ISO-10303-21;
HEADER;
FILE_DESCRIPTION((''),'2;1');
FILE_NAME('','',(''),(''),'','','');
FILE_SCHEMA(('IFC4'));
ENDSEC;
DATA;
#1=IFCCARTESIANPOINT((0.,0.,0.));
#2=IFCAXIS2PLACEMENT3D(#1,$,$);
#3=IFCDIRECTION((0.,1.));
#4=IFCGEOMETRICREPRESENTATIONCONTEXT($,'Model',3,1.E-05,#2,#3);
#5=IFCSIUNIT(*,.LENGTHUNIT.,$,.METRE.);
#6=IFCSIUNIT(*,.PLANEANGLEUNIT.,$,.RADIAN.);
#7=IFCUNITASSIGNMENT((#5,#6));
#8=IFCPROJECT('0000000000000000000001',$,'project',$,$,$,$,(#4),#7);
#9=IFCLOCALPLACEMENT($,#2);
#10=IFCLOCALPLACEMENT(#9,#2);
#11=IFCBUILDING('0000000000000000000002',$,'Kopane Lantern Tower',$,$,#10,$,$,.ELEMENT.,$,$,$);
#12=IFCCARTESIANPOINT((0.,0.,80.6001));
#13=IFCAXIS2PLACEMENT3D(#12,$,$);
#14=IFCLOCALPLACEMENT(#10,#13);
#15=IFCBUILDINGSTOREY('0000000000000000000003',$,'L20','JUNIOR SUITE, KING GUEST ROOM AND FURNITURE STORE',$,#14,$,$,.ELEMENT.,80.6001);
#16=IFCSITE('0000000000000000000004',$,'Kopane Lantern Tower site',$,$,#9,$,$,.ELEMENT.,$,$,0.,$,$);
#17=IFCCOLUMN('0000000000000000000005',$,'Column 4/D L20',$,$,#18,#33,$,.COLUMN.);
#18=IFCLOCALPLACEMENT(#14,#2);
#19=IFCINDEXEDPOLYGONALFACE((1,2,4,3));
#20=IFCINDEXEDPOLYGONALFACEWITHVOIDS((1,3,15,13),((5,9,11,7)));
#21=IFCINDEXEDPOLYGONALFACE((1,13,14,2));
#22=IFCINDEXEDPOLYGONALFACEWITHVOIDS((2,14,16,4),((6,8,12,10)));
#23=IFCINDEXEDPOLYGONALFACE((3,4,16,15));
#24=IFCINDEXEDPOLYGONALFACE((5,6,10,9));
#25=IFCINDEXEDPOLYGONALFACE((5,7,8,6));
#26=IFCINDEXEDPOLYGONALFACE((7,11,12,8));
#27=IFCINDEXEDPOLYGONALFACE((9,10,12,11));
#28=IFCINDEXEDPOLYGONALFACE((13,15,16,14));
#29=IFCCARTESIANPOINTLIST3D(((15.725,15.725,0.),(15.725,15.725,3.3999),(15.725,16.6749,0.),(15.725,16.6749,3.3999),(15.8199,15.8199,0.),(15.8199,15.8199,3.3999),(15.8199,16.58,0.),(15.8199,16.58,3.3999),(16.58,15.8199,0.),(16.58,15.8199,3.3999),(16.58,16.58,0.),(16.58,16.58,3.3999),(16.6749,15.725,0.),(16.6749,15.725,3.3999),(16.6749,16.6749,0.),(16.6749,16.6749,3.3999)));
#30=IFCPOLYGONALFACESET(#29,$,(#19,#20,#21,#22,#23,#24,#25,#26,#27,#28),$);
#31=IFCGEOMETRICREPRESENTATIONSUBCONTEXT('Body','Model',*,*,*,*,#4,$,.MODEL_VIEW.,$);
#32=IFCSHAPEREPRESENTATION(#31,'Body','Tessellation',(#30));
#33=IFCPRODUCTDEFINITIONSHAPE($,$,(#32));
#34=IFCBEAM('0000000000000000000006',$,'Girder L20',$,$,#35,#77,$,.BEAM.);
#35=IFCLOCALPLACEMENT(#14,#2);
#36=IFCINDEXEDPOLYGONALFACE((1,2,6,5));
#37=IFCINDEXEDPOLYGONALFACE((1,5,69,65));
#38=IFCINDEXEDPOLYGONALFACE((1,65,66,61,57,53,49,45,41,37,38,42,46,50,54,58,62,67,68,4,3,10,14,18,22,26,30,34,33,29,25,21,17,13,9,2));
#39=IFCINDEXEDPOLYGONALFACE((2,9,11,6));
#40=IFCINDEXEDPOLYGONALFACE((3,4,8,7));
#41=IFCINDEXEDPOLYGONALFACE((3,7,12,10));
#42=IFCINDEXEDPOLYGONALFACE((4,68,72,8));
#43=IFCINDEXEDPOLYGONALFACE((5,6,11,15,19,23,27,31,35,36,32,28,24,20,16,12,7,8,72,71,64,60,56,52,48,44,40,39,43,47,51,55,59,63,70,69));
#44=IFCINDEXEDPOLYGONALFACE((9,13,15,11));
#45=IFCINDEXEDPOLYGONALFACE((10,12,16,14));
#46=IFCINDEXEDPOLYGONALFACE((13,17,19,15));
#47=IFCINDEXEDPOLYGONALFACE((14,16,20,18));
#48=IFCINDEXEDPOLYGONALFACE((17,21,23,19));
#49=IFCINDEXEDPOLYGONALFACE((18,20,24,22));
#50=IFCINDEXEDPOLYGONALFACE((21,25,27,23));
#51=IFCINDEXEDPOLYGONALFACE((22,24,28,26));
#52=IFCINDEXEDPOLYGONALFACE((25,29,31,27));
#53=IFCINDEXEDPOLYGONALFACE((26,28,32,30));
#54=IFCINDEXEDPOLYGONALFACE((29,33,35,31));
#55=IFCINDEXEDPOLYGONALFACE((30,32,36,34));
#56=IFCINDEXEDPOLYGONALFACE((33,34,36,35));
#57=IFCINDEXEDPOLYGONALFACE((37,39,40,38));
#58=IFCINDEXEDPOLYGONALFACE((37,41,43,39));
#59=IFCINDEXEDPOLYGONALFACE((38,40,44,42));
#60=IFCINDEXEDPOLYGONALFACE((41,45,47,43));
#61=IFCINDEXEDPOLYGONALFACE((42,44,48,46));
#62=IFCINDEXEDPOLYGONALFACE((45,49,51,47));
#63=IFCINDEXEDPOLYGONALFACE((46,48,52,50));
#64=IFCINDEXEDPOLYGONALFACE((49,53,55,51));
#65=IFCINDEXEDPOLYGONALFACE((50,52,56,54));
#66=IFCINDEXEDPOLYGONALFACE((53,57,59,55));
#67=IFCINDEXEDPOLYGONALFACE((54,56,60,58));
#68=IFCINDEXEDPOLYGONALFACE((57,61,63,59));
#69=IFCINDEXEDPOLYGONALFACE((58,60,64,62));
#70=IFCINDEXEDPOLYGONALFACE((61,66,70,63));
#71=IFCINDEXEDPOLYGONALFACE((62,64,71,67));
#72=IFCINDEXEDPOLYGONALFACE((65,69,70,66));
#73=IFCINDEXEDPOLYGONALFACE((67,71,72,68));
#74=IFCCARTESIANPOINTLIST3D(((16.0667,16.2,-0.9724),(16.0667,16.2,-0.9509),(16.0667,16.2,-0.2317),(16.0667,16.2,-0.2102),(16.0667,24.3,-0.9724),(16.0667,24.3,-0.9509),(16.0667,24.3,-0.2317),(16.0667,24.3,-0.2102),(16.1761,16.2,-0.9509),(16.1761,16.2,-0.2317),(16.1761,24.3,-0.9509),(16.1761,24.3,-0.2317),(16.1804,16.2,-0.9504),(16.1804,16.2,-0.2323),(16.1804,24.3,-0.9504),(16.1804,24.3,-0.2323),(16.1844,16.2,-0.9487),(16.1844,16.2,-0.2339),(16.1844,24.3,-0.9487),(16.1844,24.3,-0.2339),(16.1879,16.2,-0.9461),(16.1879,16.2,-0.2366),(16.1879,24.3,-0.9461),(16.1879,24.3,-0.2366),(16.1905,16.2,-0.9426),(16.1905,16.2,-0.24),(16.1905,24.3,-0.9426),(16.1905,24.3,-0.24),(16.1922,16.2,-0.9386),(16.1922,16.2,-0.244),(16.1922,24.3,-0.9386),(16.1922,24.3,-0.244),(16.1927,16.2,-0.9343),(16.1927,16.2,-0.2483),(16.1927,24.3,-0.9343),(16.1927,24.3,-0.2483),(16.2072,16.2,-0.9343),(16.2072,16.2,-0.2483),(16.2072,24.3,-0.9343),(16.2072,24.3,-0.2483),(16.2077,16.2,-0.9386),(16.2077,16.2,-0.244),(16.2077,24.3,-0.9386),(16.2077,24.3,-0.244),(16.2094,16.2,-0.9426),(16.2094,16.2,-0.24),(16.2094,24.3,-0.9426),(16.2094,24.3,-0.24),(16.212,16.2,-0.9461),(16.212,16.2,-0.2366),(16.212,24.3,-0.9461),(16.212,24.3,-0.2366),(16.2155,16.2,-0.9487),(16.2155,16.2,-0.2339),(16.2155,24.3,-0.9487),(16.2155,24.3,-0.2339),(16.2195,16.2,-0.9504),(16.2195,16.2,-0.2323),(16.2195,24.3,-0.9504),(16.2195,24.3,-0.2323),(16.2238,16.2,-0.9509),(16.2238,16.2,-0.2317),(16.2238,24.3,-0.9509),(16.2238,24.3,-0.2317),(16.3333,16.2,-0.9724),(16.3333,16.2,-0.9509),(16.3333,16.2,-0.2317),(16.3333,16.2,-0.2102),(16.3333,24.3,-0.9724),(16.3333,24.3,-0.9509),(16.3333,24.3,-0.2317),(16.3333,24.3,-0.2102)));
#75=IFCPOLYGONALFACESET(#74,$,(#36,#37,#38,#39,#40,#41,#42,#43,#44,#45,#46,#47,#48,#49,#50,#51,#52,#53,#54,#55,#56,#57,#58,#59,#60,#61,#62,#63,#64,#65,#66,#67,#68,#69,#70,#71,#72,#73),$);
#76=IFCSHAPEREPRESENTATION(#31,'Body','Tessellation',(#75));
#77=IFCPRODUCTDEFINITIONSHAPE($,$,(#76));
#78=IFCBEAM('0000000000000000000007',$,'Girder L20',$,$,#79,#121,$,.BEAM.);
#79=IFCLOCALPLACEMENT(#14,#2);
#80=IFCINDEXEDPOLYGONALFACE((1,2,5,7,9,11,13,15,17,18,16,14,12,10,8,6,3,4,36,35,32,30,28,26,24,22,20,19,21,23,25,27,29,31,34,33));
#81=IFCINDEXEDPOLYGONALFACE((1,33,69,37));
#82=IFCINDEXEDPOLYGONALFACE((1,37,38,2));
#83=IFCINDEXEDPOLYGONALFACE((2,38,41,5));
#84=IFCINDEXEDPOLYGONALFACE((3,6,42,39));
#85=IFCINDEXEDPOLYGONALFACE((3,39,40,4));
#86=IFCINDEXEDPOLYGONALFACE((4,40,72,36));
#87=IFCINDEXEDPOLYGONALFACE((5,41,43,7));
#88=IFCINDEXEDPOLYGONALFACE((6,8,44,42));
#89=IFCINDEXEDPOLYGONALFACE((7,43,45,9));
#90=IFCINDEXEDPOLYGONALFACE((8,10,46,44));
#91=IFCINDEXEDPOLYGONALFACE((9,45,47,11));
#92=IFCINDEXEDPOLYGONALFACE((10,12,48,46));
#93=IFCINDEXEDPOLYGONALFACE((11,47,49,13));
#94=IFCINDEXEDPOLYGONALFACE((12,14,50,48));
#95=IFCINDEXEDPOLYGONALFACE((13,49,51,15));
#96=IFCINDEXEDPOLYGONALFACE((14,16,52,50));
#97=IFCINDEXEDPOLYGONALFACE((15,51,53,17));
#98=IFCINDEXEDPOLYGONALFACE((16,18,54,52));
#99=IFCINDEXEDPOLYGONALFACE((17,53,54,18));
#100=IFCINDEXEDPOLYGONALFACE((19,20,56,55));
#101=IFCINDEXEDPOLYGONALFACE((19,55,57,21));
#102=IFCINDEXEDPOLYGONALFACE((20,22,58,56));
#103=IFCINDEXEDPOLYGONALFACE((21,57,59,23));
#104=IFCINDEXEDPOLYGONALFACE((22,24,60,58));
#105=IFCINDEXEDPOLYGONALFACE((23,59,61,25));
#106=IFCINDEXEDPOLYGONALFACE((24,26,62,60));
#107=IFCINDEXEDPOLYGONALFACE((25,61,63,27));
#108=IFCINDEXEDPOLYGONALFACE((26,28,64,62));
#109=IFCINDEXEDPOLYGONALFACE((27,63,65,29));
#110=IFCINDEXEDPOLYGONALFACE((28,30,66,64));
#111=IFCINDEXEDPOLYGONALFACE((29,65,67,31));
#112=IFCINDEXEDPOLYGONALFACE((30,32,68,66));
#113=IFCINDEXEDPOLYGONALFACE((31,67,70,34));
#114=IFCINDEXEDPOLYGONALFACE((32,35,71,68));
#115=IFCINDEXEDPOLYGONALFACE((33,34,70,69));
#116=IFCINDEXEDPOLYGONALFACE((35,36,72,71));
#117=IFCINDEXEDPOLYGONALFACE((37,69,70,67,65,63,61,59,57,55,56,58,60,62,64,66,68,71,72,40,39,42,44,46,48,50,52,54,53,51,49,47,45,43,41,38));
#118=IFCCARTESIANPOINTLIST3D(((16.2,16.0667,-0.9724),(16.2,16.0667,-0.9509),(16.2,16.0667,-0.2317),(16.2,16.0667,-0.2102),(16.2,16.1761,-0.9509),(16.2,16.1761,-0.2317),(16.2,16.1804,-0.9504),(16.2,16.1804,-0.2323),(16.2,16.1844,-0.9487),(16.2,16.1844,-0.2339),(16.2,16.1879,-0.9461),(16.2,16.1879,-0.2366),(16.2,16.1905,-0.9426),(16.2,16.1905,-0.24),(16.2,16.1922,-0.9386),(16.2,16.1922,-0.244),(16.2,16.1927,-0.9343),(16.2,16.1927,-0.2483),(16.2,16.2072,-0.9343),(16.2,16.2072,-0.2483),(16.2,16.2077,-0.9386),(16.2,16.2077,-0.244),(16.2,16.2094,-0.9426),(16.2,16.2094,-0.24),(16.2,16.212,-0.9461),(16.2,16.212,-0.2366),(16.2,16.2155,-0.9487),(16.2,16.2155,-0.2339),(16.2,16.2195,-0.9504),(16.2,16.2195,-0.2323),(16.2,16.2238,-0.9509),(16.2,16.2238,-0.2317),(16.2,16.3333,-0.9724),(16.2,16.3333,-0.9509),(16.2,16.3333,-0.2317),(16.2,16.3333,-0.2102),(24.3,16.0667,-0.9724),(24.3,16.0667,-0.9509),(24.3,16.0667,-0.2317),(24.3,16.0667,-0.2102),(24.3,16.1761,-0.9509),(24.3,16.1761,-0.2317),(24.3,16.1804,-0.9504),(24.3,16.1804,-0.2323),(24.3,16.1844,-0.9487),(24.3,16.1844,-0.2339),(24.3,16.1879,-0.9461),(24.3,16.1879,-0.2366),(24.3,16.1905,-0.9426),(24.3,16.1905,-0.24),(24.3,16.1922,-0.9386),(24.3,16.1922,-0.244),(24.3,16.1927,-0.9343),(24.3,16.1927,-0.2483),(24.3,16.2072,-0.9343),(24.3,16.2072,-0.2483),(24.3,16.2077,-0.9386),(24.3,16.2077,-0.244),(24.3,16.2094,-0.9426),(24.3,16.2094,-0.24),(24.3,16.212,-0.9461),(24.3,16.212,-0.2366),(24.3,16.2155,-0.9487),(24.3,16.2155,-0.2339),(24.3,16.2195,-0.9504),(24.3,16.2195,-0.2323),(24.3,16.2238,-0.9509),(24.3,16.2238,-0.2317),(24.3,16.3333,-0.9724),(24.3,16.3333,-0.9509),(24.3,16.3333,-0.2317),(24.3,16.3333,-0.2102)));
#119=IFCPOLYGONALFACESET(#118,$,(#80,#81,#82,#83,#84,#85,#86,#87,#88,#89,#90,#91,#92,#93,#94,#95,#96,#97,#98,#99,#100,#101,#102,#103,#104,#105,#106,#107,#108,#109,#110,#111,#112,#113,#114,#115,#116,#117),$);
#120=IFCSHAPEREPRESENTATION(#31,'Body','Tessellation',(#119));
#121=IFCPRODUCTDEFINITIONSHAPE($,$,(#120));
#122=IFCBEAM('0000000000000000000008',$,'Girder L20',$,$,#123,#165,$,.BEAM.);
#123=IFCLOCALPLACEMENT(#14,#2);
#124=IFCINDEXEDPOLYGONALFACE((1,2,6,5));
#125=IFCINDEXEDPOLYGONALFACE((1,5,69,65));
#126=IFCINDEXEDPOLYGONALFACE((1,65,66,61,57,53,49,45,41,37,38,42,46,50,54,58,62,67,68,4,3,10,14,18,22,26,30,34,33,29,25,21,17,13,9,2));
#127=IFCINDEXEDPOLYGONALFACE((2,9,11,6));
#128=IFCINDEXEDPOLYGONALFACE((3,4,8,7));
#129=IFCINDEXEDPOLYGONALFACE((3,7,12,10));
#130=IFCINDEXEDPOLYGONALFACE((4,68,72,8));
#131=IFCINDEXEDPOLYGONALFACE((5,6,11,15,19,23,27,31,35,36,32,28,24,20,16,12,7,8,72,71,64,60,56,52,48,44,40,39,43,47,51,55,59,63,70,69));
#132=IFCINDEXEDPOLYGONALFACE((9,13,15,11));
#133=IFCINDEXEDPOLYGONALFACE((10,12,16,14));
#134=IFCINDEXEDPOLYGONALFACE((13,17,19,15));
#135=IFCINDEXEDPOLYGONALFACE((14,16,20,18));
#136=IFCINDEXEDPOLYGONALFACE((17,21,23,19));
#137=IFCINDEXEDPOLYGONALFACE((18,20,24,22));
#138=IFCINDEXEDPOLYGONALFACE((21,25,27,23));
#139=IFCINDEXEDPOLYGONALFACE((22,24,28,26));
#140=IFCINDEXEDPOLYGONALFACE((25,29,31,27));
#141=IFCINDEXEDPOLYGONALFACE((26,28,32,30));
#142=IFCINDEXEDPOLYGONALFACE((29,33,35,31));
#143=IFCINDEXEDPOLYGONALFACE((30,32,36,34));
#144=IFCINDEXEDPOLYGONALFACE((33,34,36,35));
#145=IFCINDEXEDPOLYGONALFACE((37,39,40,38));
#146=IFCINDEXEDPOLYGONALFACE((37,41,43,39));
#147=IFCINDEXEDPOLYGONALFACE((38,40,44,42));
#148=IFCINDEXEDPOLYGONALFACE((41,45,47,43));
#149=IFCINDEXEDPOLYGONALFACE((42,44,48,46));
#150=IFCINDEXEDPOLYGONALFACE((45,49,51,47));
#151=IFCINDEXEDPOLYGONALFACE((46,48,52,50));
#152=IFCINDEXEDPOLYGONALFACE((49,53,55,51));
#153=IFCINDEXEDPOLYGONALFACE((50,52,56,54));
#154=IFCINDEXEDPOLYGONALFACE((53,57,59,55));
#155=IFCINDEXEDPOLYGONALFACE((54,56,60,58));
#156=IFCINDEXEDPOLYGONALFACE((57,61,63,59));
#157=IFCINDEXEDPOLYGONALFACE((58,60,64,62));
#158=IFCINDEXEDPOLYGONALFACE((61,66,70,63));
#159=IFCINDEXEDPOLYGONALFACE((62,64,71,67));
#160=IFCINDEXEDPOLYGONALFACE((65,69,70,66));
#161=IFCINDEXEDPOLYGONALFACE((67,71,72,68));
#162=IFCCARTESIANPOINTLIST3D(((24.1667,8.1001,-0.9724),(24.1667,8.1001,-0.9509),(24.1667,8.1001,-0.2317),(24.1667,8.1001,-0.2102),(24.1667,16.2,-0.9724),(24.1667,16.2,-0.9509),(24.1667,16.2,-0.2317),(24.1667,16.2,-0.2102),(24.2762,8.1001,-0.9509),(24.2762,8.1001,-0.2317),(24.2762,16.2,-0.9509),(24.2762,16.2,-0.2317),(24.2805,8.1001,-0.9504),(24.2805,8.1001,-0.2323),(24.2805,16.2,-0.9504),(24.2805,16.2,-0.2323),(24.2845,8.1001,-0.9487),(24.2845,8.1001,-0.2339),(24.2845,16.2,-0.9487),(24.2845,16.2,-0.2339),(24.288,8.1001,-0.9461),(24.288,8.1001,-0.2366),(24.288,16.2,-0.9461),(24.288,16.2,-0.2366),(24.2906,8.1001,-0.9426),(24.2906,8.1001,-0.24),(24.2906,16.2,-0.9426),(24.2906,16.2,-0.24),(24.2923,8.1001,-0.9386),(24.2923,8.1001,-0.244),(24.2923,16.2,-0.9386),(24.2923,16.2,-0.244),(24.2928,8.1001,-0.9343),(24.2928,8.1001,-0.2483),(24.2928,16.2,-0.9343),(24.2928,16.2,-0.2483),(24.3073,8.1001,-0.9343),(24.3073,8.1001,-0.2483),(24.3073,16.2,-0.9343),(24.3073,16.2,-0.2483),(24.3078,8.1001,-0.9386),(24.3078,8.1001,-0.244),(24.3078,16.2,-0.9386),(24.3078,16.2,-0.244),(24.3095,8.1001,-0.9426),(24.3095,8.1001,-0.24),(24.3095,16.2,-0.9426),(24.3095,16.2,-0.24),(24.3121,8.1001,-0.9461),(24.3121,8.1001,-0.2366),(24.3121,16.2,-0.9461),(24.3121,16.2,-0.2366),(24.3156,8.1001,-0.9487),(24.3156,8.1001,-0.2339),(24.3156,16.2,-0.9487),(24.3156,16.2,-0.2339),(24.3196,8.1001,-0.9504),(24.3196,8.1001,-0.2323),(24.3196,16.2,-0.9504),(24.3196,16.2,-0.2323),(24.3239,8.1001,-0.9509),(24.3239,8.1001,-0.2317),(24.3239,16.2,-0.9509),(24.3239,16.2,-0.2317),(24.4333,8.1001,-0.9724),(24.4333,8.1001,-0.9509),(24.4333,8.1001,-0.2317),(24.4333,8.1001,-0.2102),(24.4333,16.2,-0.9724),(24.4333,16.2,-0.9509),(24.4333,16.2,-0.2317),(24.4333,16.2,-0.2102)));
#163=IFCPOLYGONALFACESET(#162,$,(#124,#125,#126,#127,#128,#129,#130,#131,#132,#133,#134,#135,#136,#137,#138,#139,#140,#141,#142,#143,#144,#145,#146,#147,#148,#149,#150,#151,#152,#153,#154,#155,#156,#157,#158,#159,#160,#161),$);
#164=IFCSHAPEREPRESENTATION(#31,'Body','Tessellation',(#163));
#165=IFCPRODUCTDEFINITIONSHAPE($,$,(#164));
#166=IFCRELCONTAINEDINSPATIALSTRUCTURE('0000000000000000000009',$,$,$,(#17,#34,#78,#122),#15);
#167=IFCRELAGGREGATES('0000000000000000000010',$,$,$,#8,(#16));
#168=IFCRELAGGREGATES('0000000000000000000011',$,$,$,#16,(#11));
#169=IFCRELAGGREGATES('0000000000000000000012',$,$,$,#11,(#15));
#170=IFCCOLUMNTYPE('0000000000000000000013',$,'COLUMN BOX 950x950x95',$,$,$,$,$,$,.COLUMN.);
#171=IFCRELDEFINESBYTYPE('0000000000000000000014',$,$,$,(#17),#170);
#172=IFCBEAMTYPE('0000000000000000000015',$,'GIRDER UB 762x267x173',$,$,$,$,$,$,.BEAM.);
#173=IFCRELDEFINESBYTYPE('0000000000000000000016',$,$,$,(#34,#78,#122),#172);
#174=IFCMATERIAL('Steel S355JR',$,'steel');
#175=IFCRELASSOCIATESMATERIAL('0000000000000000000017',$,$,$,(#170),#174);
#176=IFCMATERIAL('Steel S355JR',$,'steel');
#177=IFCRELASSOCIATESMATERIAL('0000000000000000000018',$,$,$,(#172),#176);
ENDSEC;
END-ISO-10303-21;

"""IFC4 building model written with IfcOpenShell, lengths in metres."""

from ifc_helpers import new_model, si_unit, direction, frame, origin, origin_2d, place, context, subcontext, project, spatial, hollow_rectangle, i_section, extrude, material, material_profile, profile_set, type_object, element, save


model = new_model("IFC4")

# Units and contexts
model_context = context("Model", 3, precision=1e-05, world=origin(), true_north=direction((0.0, 1.0)))
body_context = subcontext(model_context, "Body", "Model", "MODEL_VIEW")
ifc_project = project(units=[si_unit("LENGTHUNIT", "METRE"), si_unit("PLANEANGLEUNIT", "RADIAN")], contexts=[model_context])

# Site, building, storey
site_placement = place(None, origin())
site = spatial("IfcSite", under=ifc_project, at=site_placement, Name="Kopane Lantern Tower site", CompositionType="ELEMENT", RefElevation=0.0)
building_placement = place(site_placement, origin())
building = spatial("IfcBuilding", under=site, at=building_placement, Name="Kopane Lantern Tower", CompositionType="ELEMENT")
storey_placement = place(building_placement, frame((0.0, 0.0, 80.6001)))
storey = spatial("IfcBuildingStorey", under=building, at=storey_placement, Name="L20", Description="JUNIOR SUITE, KING GUEST ROOM AND FURNITURE STORE", CompositionType="ELEMENT", Elevation=80.6001)

# Column
ifc_material_1 = material(Name="Steel S355JR", Category="steel")
ifc_material_profile_1 = material_profile(ifc_material_1, hollow_rectangle(XDim=0.95, YDim=0.95, WallThickness=0.095, at=origin_2d()), Name="BOX 950x950x95")
ifc_profile_set_1 = profile_set([ifc_material_profile_1], Name="Steel S355JR")
column_type = type_object("IfcColumnType", Name="COLUMN BOX 950x950x95", PredefinedType="COLUMN", material=ifc_profile_set_1)
column_placement = place(storey_placement, frame((16.2, 16.2, 0.0), z_axis=(0.0, 0.0, 1.0), x_axis=(1.0, 0.0, 0.0)))
element("IfcColumn", 1, at=column_placement, inside=storey, type_object=column_type, Name="Column 4/D L20", PredefinedType="COLUMN", context=body_context, shape_type="SweptSolid", body=[
    extrude(hollow_rectangle(XDim=0.95, YDim=0.95, WallThickness=0.095, at=origin_2d()), origin(), (0.0, 0.0, 1.0), 3.3999),
])

# Beams
ifc_material_2 = material(Name="Steel S355JR", Category="steel")
ifc_material_profile_2 = material_profile(ifc_material_2, i_section(OverallWidth=0.2666, OverallDepth=0.7622, WebThickness=0.0144, FlangeThickness=0.0215, FilletRadius=0.0166, at=origin_2d()), Name="UB 762x267x173")
ifc_profile_set_2 = profile_set([ifc_material_profile_2], Name="Steel S355JR")
beam_type = type_object("IfcBeamType", Name="GIRDER UB 762x267x173", PredefinedType="BEAM", material=ifc_profile_set_2)
for number, where, z_axis, x_axis, name in (
    (2, (16.2, 16.2, -0.5913), (0.0, 1.0, 0.0), (-1.0, 0.0, 0.0), "Girder L20"),
    (3, (16.2, 16.2, -0.5913), (1.0, 0.0, 0.0), (0.0, 1.0, 0.0), "Girder L20"),
):
    element("IfcBeam", number, at=place(storey_placement, frame(where, z_axis=z_axis, x_axis=x_axis)), inside=storey, type_object=beam_type, Name=name, PredefinedType="BEAM", context=body_context, shape_type="SweptSolid", body=[
        extrude(i_section(OverallWidth=0.2666, OverallDepth=0.7622, WebThickness=0.0144, FlangeThickness=0.0215, FilletRadius=0.0166, at=origin_2d()), origin(), (0.0, 0.0, 1.0), 8.1001),
    ])
for number, where, z_axis, x_axis, name in (
    (4, (24.3, 8.1001, -0.5913), (0.0, 1.0, 0.0), (-1.0, 0.0, 0.0), "Girder L20"),
):
    element("IfcBeam", number, at=place(storey_placement, frame(where, z_axis=z_axis, x_axis=x_axis)), inside=storey, type_object=beam_type, Name=name, PredefinedType="BEAM", context=body_context, shape_type="SweptSolid", body=[
        extrude(i_section(OverallWidth=0.2666, OverallDepth=0.7622, WebThickness=0.0144, FlangeThickness=0.0215, FilletRadius=0.0166, at=origin_2d()), origin(), (0.0, 0.0, 1.0), 8.0999),
    ])

save(model, "model.ifc")
